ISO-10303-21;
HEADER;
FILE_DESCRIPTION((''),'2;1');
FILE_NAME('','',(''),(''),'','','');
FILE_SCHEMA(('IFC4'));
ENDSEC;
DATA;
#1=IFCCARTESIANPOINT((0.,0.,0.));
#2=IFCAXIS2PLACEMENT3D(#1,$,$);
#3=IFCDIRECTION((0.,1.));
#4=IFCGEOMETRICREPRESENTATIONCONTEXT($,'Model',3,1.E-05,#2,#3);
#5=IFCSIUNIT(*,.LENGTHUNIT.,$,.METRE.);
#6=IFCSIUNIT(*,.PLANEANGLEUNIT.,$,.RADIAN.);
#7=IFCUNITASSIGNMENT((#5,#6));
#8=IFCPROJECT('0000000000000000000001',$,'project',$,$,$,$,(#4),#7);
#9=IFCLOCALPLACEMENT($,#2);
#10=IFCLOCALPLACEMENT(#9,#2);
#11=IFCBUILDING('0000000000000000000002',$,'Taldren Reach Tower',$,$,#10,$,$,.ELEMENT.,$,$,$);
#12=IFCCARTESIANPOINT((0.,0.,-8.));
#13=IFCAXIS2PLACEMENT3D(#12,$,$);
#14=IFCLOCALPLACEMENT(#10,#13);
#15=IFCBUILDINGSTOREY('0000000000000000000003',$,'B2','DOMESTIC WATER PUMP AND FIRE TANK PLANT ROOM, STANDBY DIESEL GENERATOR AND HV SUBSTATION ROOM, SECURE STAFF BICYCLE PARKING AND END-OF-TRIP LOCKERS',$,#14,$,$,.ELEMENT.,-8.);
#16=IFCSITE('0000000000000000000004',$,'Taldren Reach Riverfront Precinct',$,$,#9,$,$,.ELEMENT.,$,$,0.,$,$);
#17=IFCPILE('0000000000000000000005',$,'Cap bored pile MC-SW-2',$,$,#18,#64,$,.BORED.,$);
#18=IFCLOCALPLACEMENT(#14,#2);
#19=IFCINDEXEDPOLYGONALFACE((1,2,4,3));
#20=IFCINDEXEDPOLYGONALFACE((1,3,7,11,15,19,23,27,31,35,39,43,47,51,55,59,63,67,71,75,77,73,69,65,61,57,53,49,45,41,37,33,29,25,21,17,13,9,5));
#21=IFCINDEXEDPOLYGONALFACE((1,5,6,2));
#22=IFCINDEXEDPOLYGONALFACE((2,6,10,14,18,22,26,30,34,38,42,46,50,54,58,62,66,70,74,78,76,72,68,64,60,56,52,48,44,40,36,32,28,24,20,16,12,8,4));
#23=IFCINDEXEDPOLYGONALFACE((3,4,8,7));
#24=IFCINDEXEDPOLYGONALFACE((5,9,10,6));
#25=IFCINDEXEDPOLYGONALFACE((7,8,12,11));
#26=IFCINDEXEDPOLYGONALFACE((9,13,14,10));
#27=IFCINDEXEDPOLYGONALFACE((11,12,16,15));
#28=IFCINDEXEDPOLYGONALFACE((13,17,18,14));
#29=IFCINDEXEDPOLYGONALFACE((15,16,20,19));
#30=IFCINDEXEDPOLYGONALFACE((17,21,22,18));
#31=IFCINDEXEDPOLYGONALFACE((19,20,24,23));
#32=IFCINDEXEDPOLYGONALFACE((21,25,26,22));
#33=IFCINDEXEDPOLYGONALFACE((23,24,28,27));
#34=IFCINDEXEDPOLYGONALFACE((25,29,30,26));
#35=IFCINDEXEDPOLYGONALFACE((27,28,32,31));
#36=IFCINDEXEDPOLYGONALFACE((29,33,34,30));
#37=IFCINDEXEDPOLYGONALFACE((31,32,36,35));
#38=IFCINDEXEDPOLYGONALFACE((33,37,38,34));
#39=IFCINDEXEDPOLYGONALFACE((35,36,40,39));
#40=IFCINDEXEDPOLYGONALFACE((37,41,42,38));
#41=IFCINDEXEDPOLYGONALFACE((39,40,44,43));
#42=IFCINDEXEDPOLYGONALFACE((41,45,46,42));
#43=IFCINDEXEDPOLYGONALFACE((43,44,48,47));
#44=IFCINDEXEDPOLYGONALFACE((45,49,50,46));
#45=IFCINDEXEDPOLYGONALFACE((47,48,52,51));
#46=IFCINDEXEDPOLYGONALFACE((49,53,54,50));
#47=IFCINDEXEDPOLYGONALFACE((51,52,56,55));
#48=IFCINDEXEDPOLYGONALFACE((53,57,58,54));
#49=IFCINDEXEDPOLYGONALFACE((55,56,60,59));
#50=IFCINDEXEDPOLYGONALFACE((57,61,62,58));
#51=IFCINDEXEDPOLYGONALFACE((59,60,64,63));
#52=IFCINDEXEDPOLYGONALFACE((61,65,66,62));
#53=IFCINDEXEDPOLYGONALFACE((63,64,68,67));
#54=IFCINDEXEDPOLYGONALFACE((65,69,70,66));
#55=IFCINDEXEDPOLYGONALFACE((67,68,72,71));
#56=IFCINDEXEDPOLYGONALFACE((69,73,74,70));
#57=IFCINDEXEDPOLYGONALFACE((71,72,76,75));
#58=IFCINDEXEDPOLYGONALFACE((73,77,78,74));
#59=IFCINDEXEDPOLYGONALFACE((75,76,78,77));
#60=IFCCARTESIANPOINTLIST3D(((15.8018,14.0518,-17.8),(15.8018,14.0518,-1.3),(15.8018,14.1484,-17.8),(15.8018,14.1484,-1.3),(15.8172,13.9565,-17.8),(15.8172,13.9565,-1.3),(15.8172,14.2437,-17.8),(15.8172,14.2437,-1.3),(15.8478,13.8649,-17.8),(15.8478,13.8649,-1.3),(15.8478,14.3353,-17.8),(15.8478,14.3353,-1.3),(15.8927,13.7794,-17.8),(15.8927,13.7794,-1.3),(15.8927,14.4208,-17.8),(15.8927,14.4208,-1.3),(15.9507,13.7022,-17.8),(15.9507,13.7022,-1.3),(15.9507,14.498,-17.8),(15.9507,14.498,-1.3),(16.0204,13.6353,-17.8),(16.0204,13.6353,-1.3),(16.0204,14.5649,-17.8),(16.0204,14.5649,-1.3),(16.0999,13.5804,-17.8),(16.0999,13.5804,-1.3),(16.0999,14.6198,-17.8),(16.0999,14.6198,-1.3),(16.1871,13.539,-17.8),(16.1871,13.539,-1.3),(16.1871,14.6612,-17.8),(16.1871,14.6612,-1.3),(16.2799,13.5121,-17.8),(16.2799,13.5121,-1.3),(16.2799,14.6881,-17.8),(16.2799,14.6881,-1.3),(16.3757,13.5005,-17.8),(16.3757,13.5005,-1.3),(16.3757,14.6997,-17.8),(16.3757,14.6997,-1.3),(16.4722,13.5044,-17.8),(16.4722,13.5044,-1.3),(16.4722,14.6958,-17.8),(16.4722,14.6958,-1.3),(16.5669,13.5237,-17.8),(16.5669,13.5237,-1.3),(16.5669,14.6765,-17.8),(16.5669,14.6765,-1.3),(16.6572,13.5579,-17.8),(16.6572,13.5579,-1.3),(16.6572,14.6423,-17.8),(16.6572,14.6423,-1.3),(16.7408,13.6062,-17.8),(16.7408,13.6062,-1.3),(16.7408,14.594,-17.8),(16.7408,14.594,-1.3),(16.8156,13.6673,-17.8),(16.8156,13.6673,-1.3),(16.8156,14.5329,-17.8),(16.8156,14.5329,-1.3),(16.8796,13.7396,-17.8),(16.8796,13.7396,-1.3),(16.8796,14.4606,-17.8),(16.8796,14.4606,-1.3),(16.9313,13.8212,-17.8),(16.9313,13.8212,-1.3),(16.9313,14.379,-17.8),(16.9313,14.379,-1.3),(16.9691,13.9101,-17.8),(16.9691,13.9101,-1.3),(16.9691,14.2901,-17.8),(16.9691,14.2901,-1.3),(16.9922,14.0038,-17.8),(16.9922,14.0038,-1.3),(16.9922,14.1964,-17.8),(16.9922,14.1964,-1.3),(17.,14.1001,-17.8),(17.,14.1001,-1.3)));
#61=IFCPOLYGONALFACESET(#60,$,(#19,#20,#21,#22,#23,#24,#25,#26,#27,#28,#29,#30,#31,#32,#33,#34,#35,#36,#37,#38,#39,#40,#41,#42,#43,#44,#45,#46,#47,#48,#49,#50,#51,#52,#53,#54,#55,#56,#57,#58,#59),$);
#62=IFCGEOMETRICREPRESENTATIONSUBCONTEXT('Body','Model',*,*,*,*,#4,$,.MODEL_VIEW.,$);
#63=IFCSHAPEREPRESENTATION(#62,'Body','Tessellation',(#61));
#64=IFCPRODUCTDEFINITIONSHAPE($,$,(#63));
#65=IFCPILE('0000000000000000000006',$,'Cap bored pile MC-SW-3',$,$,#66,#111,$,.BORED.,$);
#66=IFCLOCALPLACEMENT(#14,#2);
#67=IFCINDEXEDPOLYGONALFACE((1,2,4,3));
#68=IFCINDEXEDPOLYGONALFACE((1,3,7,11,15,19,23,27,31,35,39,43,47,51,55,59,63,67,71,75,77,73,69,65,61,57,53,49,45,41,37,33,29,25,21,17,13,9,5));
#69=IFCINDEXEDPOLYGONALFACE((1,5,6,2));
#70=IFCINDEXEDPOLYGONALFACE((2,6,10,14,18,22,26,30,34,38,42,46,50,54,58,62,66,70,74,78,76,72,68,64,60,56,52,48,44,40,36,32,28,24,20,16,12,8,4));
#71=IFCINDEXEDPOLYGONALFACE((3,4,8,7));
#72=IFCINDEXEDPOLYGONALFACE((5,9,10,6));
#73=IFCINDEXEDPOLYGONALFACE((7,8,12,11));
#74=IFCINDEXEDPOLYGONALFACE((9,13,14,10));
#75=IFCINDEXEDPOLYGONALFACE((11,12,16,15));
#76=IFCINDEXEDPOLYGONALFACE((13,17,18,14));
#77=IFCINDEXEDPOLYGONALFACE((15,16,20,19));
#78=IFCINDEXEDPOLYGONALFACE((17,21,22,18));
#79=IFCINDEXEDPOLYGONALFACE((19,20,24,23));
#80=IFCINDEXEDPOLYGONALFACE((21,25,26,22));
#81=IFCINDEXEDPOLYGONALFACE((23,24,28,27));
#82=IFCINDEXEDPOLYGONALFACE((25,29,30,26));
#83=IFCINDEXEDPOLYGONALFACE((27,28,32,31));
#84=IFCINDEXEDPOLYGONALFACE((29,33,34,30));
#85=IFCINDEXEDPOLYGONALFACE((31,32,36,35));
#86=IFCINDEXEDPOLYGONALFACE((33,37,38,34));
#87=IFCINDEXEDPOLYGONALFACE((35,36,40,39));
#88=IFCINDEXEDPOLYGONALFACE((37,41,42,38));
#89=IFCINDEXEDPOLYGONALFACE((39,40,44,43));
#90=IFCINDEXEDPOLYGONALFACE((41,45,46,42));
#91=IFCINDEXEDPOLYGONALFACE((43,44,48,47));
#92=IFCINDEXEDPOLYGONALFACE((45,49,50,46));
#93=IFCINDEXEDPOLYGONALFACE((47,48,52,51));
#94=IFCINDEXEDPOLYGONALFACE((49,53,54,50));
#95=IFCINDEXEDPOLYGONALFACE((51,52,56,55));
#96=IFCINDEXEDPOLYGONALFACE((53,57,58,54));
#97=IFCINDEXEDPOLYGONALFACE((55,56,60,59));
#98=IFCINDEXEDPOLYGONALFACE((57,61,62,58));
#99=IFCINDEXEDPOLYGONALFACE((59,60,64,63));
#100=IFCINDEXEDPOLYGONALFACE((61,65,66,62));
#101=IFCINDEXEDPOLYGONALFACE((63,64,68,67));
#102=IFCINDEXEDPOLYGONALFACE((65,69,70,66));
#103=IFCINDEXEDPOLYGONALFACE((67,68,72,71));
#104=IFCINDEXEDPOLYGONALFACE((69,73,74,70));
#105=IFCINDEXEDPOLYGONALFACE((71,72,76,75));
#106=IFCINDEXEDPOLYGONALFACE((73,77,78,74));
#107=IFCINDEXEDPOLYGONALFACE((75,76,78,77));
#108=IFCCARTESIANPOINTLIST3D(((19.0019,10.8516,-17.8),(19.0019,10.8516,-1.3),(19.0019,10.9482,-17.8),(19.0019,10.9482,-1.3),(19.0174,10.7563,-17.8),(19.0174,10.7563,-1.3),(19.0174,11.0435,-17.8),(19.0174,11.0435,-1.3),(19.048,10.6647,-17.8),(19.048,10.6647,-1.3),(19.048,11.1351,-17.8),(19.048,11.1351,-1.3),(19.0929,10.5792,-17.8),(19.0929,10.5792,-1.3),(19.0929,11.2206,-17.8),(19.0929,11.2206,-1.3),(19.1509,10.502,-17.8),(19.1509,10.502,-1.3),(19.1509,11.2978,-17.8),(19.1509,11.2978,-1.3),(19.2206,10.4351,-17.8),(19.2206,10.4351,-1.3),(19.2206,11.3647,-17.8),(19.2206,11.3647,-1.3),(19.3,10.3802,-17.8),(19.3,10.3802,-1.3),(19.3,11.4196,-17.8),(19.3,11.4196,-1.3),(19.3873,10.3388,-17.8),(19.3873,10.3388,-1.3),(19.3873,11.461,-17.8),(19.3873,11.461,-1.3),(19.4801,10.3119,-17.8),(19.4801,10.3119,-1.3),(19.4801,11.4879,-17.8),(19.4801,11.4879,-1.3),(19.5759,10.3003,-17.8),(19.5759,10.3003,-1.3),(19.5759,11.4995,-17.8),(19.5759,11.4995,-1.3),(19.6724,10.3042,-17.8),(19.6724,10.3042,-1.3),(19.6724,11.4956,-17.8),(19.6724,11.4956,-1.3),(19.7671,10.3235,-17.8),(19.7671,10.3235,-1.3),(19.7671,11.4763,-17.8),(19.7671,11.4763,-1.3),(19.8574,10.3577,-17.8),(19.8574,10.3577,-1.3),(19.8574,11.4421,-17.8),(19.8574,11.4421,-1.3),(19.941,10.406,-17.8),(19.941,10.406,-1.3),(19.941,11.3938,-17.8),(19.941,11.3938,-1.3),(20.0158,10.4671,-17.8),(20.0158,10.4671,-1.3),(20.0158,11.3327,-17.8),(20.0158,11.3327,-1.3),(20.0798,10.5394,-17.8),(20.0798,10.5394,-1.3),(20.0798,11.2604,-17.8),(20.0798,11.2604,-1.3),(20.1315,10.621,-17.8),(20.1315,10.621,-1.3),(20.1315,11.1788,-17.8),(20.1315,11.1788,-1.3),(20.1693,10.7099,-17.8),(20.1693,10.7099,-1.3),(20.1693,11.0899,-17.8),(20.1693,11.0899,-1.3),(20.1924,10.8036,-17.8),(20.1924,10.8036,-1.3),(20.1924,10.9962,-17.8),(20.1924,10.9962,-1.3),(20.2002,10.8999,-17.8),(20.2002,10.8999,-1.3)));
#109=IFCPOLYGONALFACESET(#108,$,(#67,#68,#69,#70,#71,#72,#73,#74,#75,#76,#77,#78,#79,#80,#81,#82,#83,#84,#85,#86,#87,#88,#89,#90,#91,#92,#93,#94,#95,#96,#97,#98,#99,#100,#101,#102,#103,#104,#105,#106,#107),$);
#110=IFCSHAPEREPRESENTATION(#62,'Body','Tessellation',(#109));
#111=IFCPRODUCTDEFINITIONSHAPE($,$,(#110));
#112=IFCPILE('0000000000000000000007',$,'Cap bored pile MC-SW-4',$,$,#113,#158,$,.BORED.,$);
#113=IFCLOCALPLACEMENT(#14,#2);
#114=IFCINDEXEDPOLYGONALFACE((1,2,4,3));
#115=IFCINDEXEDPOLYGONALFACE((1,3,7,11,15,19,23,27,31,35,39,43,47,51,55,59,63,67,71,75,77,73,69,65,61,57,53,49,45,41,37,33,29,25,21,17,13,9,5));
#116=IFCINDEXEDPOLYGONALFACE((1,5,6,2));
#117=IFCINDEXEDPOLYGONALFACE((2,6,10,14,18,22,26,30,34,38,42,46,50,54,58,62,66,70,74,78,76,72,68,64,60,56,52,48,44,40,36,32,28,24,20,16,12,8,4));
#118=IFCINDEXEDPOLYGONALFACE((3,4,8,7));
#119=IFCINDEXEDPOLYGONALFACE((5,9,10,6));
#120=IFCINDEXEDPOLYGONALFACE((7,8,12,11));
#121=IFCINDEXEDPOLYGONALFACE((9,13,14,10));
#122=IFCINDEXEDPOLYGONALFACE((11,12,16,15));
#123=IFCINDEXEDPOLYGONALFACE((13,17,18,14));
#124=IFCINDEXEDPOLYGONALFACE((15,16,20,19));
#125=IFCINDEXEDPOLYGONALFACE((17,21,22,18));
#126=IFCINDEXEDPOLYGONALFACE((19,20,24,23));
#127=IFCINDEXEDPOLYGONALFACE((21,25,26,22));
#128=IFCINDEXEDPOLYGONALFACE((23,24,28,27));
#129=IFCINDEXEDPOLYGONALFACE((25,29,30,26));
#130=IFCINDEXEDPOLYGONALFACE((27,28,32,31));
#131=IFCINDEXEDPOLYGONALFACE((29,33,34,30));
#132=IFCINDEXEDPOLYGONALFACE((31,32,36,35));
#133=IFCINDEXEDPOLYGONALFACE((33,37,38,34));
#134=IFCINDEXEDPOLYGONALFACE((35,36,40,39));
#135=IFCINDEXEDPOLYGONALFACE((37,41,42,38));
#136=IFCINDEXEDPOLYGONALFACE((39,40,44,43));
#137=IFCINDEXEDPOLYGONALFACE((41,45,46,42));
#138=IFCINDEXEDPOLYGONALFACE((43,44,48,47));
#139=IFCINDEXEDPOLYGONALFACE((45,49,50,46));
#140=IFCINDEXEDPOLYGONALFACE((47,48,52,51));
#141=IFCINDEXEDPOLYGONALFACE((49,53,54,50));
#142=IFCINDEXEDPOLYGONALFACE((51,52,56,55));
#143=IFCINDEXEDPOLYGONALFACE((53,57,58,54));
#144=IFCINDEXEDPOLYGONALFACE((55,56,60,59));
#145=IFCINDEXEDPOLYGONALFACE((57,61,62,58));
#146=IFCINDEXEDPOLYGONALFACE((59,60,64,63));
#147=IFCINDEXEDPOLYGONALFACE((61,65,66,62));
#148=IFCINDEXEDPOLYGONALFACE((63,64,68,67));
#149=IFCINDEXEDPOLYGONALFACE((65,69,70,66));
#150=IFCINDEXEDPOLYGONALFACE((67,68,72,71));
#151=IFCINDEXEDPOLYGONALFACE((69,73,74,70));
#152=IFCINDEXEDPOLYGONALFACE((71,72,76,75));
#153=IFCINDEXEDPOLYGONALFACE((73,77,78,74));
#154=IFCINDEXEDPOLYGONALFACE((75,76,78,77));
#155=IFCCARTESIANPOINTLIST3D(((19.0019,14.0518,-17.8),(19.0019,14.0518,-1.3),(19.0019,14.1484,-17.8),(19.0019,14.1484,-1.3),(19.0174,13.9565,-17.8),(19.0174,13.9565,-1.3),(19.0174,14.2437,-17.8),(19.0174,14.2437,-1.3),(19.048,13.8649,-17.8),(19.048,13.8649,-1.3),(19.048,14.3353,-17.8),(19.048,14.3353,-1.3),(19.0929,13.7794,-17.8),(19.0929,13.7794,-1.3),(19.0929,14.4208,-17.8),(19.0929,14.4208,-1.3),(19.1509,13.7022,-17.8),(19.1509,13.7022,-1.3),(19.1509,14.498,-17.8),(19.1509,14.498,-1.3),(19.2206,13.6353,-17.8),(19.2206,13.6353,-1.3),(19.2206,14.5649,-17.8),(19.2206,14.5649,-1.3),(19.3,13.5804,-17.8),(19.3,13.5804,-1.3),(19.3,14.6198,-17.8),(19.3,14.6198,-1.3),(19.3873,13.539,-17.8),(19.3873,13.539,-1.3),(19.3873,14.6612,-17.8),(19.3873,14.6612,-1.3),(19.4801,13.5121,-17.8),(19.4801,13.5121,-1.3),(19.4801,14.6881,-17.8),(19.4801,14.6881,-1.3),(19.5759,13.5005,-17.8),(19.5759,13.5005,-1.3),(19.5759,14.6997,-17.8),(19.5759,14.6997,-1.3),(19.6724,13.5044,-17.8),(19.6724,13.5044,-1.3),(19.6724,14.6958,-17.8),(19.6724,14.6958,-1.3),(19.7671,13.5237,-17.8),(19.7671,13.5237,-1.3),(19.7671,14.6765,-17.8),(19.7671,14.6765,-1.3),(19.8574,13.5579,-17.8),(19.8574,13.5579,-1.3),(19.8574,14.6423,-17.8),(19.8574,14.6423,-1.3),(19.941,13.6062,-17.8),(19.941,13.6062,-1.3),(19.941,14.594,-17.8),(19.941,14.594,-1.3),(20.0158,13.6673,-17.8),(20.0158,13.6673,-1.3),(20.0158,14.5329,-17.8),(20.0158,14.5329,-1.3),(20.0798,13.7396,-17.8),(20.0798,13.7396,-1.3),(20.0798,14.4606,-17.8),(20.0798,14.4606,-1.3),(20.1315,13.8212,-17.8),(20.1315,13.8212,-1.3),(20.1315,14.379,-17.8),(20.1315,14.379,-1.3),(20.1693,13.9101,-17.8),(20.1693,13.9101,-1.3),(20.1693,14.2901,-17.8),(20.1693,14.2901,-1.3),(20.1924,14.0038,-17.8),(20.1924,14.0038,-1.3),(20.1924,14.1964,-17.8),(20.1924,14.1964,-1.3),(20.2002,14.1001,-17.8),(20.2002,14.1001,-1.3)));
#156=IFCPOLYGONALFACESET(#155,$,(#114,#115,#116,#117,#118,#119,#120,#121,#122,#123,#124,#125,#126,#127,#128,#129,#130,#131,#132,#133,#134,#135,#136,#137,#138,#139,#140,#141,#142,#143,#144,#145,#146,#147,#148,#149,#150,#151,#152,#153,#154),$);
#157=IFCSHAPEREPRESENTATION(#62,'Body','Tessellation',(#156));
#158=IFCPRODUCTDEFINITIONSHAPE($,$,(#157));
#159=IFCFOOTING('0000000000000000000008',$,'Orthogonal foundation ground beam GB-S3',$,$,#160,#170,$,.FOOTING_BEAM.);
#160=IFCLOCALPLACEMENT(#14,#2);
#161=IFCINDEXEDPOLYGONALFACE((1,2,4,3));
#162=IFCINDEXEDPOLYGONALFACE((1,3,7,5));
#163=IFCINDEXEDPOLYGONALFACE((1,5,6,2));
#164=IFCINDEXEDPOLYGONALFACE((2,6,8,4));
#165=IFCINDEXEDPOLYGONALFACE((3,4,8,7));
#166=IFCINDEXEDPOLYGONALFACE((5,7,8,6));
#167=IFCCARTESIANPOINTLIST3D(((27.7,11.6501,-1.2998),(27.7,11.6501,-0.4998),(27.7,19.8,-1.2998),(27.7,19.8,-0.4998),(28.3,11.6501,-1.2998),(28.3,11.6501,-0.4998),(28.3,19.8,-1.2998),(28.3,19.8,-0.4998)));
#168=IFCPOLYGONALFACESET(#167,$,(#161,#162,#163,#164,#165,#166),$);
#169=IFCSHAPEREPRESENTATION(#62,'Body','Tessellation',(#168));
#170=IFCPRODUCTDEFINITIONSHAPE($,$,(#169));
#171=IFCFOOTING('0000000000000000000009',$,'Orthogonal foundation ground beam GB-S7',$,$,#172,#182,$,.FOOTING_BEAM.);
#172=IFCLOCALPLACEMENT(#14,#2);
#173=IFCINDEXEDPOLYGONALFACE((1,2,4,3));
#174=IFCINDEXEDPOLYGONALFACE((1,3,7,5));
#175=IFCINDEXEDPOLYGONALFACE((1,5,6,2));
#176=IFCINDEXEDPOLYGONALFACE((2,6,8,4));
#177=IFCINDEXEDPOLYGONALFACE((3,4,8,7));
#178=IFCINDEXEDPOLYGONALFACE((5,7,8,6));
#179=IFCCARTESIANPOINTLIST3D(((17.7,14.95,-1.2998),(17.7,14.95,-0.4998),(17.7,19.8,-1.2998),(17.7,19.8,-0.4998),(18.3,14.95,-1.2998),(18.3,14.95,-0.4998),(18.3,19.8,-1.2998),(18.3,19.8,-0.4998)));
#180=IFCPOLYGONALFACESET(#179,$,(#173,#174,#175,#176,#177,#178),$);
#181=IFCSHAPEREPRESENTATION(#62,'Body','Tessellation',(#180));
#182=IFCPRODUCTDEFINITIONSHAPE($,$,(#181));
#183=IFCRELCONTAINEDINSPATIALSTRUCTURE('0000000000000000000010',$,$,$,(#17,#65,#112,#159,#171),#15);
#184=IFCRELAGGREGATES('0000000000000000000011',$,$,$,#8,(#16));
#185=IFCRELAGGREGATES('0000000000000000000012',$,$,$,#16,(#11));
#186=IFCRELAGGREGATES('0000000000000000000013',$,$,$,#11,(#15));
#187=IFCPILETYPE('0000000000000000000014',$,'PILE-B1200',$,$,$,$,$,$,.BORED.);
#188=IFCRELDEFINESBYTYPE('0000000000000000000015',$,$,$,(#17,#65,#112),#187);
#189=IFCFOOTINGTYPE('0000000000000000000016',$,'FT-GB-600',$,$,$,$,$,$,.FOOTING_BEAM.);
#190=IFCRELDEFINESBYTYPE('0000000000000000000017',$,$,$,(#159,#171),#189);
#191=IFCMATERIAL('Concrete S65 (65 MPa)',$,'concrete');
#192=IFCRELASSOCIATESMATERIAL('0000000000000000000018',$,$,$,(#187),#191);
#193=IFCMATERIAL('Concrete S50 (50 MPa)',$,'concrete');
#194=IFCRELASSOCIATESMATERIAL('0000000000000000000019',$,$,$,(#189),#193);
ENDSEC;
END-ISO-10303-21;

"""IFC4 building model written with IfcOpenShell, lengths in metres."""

from ifc_helpers import new_model, si_unit, direction, frame, origin, origin_2d, place, context, subcontext, project, spatial, rectangle, circle, extrude, source, transform, mapped, material, material_profile, profile_set, type_object, element, save


model = new_model("IFC4")

# Units and contexts
model_context = context("Model", 3, precision=1e-05, world=origin(), true_north=direction((0.0, 1.0)))
body_context = subcontext(model_context, "Body", "Model", "MODEL_VIEW")
ifc_project = project(units=[si_unit("LENGTHUNIT", "METRE"), si_unit("PLANEANGLEUNIT", "RADIAN")], contexts=[model_context])

# Site, building, storey
site_placement = place(None, origin())
site = spatial("IfcSite", under=ifc_project, at=site_placement, Name="Taldren Reach Riverfront Precinct", CompositionType="ELEMENT", RefElevation=0.0)
building_placement = place(site_placement, origin())
building = spatial("IfcBuilding", under=site, at=building_placement, Name="Taldren Reach Tower", CompositionType="ELEMENT")
storey_placement = place(building_placement, frame((0.0, 0.0, -8.0)))
storey = spatial("IfcBuildingStorey", under=building, at=storey_placement, Name="B2", Description="DOMESTIC WATER PUMP AND FIRE TANK PLANT ROOM, STANDBY DIESEL GENERATOR AND HV SUBSTATION ROOM, SECURE STAFF BICYCLE PARKING AND END-OF-TRIP LOCKERS", CompositionType="ELEMENT", Elevation=-8.0)

# Shared definitions
ifc_material_1 = material(Name="Concrete S65 (65 MPa)", Category="concrete")

# Piles
ifc_material_profile_1 = material_profile(ifc_material_1, circle(Radius=0.6001, at=origin_2d()), Name="PB-1200")
ifc_profile_set_1 = profile_set([ifc_material_profile_1], Name="Concrete S65 (65 MPa)")
pile_type = type_object("IfcPileType", Name="PILE-B1200", PredefinedType="BORED", material=ifc_profile_set_1)
shared_shape_1 = source(origin(), body_context, "Body", "SweptSolid", [
    extrude(circle(Radius=0.6001, at=origin_2d()), origin(), (0.0, 0.0, 1.0), 16.5),
])
for number, where, z_axis, x_axis, name in (
    (1, (16.3999, 14.1001, -1.3), (0.0, 0.0, -1.0), (1.0, 0.0, 0.0), "Cap bored pile MC-SW-2"),
    (2, (19.6001, 10.8999, -1.3), (0.0, 0.0, -1.0), (1.0, 0.0, 0.0), "Cap bored pile MC-SW-3"),
    (3, (19.6001, 14.1001, -1.3), (0.0, 0.0, -1.0), (1.0, 0.0, 0.0), "Cap bored pile MC-SW-4"),
):
    element("IfcPile", number, at=place(storey_placement, frame(where, z_axis=z_axis, x_axis=x_axis)), inside=storey, type_object=pile_type, Name=name, PredefinedType="BORED", context=body_context, shape_type="MappedRepresentation", body=[
        mapped(shared_shape_1, transform((0.0, 0.0, 0.0), scale=1.0)),
    ])

# Footings
ifc_material_2 = material(Name="Concrete S50 (50 MPa)", Category="concrete")
footing_type_1 = type_object("IfcFootingType", Name="FT-GB-600", PredefinedType="FOOTING_BEAM", material=ifc_material_2)
shared_shape_2 = source(origin(), body_context, "Body", "SweptSolid", [
    extrude(rectangle(XDim=8.1499, YDim=0.6001, at=origin_2d()), origin(), (0.0, 0.0, 1.0), 0.8),
])
footing_1_placement = place(storey_placement, frame((28.0, 15.7251, -1.2998), z_axis=(0.0, 0.0, 1.0), x_axis=(0.0, 1.0, 0.0)))
element("IfcFooting", 4, at=footing_1_placement, inside=storey, type_object=footing_type_1, Name="Orthogonal foundation ground beam GB-S3", PredefinedType="FOOTING_BEAM", context=body_context, shape_type="MappedRepresentation", body=[
    mapped(shared_shape_2, transform((0.0, 0.0, 0.0), scale=1.0)),
])
shared_shape_3 = source(origin(), body_context, "Body", "SweptSolid", [
    extrude(rectangle(XDim=4.8501, YDim=0.6001, at=origin_2d()), origin(), (0.0, 0.0, 1.0), 0.8),
])
footing_2_placement = place(storey_placement, frame((18.0, 17.375, -1.2998), z_axis=(0.0, 0.0, 1.0), x_axis=(0.0, 1.0, 0.0)))
element("IfcFooting", 5, at=footing_2_placement, inside=storey, type_object=footing_type_1, Name="Orthogonal foundation ground beam GB-S7", PredefinedType="FOOTING_BEAM", context=body_context, shape_type="MappedRepresentation", body=[
    mapped(shared_shape_3, transform((0.0, 0.0, 0.0), scale=1.0)),
])

save(model, "model.ifc")
